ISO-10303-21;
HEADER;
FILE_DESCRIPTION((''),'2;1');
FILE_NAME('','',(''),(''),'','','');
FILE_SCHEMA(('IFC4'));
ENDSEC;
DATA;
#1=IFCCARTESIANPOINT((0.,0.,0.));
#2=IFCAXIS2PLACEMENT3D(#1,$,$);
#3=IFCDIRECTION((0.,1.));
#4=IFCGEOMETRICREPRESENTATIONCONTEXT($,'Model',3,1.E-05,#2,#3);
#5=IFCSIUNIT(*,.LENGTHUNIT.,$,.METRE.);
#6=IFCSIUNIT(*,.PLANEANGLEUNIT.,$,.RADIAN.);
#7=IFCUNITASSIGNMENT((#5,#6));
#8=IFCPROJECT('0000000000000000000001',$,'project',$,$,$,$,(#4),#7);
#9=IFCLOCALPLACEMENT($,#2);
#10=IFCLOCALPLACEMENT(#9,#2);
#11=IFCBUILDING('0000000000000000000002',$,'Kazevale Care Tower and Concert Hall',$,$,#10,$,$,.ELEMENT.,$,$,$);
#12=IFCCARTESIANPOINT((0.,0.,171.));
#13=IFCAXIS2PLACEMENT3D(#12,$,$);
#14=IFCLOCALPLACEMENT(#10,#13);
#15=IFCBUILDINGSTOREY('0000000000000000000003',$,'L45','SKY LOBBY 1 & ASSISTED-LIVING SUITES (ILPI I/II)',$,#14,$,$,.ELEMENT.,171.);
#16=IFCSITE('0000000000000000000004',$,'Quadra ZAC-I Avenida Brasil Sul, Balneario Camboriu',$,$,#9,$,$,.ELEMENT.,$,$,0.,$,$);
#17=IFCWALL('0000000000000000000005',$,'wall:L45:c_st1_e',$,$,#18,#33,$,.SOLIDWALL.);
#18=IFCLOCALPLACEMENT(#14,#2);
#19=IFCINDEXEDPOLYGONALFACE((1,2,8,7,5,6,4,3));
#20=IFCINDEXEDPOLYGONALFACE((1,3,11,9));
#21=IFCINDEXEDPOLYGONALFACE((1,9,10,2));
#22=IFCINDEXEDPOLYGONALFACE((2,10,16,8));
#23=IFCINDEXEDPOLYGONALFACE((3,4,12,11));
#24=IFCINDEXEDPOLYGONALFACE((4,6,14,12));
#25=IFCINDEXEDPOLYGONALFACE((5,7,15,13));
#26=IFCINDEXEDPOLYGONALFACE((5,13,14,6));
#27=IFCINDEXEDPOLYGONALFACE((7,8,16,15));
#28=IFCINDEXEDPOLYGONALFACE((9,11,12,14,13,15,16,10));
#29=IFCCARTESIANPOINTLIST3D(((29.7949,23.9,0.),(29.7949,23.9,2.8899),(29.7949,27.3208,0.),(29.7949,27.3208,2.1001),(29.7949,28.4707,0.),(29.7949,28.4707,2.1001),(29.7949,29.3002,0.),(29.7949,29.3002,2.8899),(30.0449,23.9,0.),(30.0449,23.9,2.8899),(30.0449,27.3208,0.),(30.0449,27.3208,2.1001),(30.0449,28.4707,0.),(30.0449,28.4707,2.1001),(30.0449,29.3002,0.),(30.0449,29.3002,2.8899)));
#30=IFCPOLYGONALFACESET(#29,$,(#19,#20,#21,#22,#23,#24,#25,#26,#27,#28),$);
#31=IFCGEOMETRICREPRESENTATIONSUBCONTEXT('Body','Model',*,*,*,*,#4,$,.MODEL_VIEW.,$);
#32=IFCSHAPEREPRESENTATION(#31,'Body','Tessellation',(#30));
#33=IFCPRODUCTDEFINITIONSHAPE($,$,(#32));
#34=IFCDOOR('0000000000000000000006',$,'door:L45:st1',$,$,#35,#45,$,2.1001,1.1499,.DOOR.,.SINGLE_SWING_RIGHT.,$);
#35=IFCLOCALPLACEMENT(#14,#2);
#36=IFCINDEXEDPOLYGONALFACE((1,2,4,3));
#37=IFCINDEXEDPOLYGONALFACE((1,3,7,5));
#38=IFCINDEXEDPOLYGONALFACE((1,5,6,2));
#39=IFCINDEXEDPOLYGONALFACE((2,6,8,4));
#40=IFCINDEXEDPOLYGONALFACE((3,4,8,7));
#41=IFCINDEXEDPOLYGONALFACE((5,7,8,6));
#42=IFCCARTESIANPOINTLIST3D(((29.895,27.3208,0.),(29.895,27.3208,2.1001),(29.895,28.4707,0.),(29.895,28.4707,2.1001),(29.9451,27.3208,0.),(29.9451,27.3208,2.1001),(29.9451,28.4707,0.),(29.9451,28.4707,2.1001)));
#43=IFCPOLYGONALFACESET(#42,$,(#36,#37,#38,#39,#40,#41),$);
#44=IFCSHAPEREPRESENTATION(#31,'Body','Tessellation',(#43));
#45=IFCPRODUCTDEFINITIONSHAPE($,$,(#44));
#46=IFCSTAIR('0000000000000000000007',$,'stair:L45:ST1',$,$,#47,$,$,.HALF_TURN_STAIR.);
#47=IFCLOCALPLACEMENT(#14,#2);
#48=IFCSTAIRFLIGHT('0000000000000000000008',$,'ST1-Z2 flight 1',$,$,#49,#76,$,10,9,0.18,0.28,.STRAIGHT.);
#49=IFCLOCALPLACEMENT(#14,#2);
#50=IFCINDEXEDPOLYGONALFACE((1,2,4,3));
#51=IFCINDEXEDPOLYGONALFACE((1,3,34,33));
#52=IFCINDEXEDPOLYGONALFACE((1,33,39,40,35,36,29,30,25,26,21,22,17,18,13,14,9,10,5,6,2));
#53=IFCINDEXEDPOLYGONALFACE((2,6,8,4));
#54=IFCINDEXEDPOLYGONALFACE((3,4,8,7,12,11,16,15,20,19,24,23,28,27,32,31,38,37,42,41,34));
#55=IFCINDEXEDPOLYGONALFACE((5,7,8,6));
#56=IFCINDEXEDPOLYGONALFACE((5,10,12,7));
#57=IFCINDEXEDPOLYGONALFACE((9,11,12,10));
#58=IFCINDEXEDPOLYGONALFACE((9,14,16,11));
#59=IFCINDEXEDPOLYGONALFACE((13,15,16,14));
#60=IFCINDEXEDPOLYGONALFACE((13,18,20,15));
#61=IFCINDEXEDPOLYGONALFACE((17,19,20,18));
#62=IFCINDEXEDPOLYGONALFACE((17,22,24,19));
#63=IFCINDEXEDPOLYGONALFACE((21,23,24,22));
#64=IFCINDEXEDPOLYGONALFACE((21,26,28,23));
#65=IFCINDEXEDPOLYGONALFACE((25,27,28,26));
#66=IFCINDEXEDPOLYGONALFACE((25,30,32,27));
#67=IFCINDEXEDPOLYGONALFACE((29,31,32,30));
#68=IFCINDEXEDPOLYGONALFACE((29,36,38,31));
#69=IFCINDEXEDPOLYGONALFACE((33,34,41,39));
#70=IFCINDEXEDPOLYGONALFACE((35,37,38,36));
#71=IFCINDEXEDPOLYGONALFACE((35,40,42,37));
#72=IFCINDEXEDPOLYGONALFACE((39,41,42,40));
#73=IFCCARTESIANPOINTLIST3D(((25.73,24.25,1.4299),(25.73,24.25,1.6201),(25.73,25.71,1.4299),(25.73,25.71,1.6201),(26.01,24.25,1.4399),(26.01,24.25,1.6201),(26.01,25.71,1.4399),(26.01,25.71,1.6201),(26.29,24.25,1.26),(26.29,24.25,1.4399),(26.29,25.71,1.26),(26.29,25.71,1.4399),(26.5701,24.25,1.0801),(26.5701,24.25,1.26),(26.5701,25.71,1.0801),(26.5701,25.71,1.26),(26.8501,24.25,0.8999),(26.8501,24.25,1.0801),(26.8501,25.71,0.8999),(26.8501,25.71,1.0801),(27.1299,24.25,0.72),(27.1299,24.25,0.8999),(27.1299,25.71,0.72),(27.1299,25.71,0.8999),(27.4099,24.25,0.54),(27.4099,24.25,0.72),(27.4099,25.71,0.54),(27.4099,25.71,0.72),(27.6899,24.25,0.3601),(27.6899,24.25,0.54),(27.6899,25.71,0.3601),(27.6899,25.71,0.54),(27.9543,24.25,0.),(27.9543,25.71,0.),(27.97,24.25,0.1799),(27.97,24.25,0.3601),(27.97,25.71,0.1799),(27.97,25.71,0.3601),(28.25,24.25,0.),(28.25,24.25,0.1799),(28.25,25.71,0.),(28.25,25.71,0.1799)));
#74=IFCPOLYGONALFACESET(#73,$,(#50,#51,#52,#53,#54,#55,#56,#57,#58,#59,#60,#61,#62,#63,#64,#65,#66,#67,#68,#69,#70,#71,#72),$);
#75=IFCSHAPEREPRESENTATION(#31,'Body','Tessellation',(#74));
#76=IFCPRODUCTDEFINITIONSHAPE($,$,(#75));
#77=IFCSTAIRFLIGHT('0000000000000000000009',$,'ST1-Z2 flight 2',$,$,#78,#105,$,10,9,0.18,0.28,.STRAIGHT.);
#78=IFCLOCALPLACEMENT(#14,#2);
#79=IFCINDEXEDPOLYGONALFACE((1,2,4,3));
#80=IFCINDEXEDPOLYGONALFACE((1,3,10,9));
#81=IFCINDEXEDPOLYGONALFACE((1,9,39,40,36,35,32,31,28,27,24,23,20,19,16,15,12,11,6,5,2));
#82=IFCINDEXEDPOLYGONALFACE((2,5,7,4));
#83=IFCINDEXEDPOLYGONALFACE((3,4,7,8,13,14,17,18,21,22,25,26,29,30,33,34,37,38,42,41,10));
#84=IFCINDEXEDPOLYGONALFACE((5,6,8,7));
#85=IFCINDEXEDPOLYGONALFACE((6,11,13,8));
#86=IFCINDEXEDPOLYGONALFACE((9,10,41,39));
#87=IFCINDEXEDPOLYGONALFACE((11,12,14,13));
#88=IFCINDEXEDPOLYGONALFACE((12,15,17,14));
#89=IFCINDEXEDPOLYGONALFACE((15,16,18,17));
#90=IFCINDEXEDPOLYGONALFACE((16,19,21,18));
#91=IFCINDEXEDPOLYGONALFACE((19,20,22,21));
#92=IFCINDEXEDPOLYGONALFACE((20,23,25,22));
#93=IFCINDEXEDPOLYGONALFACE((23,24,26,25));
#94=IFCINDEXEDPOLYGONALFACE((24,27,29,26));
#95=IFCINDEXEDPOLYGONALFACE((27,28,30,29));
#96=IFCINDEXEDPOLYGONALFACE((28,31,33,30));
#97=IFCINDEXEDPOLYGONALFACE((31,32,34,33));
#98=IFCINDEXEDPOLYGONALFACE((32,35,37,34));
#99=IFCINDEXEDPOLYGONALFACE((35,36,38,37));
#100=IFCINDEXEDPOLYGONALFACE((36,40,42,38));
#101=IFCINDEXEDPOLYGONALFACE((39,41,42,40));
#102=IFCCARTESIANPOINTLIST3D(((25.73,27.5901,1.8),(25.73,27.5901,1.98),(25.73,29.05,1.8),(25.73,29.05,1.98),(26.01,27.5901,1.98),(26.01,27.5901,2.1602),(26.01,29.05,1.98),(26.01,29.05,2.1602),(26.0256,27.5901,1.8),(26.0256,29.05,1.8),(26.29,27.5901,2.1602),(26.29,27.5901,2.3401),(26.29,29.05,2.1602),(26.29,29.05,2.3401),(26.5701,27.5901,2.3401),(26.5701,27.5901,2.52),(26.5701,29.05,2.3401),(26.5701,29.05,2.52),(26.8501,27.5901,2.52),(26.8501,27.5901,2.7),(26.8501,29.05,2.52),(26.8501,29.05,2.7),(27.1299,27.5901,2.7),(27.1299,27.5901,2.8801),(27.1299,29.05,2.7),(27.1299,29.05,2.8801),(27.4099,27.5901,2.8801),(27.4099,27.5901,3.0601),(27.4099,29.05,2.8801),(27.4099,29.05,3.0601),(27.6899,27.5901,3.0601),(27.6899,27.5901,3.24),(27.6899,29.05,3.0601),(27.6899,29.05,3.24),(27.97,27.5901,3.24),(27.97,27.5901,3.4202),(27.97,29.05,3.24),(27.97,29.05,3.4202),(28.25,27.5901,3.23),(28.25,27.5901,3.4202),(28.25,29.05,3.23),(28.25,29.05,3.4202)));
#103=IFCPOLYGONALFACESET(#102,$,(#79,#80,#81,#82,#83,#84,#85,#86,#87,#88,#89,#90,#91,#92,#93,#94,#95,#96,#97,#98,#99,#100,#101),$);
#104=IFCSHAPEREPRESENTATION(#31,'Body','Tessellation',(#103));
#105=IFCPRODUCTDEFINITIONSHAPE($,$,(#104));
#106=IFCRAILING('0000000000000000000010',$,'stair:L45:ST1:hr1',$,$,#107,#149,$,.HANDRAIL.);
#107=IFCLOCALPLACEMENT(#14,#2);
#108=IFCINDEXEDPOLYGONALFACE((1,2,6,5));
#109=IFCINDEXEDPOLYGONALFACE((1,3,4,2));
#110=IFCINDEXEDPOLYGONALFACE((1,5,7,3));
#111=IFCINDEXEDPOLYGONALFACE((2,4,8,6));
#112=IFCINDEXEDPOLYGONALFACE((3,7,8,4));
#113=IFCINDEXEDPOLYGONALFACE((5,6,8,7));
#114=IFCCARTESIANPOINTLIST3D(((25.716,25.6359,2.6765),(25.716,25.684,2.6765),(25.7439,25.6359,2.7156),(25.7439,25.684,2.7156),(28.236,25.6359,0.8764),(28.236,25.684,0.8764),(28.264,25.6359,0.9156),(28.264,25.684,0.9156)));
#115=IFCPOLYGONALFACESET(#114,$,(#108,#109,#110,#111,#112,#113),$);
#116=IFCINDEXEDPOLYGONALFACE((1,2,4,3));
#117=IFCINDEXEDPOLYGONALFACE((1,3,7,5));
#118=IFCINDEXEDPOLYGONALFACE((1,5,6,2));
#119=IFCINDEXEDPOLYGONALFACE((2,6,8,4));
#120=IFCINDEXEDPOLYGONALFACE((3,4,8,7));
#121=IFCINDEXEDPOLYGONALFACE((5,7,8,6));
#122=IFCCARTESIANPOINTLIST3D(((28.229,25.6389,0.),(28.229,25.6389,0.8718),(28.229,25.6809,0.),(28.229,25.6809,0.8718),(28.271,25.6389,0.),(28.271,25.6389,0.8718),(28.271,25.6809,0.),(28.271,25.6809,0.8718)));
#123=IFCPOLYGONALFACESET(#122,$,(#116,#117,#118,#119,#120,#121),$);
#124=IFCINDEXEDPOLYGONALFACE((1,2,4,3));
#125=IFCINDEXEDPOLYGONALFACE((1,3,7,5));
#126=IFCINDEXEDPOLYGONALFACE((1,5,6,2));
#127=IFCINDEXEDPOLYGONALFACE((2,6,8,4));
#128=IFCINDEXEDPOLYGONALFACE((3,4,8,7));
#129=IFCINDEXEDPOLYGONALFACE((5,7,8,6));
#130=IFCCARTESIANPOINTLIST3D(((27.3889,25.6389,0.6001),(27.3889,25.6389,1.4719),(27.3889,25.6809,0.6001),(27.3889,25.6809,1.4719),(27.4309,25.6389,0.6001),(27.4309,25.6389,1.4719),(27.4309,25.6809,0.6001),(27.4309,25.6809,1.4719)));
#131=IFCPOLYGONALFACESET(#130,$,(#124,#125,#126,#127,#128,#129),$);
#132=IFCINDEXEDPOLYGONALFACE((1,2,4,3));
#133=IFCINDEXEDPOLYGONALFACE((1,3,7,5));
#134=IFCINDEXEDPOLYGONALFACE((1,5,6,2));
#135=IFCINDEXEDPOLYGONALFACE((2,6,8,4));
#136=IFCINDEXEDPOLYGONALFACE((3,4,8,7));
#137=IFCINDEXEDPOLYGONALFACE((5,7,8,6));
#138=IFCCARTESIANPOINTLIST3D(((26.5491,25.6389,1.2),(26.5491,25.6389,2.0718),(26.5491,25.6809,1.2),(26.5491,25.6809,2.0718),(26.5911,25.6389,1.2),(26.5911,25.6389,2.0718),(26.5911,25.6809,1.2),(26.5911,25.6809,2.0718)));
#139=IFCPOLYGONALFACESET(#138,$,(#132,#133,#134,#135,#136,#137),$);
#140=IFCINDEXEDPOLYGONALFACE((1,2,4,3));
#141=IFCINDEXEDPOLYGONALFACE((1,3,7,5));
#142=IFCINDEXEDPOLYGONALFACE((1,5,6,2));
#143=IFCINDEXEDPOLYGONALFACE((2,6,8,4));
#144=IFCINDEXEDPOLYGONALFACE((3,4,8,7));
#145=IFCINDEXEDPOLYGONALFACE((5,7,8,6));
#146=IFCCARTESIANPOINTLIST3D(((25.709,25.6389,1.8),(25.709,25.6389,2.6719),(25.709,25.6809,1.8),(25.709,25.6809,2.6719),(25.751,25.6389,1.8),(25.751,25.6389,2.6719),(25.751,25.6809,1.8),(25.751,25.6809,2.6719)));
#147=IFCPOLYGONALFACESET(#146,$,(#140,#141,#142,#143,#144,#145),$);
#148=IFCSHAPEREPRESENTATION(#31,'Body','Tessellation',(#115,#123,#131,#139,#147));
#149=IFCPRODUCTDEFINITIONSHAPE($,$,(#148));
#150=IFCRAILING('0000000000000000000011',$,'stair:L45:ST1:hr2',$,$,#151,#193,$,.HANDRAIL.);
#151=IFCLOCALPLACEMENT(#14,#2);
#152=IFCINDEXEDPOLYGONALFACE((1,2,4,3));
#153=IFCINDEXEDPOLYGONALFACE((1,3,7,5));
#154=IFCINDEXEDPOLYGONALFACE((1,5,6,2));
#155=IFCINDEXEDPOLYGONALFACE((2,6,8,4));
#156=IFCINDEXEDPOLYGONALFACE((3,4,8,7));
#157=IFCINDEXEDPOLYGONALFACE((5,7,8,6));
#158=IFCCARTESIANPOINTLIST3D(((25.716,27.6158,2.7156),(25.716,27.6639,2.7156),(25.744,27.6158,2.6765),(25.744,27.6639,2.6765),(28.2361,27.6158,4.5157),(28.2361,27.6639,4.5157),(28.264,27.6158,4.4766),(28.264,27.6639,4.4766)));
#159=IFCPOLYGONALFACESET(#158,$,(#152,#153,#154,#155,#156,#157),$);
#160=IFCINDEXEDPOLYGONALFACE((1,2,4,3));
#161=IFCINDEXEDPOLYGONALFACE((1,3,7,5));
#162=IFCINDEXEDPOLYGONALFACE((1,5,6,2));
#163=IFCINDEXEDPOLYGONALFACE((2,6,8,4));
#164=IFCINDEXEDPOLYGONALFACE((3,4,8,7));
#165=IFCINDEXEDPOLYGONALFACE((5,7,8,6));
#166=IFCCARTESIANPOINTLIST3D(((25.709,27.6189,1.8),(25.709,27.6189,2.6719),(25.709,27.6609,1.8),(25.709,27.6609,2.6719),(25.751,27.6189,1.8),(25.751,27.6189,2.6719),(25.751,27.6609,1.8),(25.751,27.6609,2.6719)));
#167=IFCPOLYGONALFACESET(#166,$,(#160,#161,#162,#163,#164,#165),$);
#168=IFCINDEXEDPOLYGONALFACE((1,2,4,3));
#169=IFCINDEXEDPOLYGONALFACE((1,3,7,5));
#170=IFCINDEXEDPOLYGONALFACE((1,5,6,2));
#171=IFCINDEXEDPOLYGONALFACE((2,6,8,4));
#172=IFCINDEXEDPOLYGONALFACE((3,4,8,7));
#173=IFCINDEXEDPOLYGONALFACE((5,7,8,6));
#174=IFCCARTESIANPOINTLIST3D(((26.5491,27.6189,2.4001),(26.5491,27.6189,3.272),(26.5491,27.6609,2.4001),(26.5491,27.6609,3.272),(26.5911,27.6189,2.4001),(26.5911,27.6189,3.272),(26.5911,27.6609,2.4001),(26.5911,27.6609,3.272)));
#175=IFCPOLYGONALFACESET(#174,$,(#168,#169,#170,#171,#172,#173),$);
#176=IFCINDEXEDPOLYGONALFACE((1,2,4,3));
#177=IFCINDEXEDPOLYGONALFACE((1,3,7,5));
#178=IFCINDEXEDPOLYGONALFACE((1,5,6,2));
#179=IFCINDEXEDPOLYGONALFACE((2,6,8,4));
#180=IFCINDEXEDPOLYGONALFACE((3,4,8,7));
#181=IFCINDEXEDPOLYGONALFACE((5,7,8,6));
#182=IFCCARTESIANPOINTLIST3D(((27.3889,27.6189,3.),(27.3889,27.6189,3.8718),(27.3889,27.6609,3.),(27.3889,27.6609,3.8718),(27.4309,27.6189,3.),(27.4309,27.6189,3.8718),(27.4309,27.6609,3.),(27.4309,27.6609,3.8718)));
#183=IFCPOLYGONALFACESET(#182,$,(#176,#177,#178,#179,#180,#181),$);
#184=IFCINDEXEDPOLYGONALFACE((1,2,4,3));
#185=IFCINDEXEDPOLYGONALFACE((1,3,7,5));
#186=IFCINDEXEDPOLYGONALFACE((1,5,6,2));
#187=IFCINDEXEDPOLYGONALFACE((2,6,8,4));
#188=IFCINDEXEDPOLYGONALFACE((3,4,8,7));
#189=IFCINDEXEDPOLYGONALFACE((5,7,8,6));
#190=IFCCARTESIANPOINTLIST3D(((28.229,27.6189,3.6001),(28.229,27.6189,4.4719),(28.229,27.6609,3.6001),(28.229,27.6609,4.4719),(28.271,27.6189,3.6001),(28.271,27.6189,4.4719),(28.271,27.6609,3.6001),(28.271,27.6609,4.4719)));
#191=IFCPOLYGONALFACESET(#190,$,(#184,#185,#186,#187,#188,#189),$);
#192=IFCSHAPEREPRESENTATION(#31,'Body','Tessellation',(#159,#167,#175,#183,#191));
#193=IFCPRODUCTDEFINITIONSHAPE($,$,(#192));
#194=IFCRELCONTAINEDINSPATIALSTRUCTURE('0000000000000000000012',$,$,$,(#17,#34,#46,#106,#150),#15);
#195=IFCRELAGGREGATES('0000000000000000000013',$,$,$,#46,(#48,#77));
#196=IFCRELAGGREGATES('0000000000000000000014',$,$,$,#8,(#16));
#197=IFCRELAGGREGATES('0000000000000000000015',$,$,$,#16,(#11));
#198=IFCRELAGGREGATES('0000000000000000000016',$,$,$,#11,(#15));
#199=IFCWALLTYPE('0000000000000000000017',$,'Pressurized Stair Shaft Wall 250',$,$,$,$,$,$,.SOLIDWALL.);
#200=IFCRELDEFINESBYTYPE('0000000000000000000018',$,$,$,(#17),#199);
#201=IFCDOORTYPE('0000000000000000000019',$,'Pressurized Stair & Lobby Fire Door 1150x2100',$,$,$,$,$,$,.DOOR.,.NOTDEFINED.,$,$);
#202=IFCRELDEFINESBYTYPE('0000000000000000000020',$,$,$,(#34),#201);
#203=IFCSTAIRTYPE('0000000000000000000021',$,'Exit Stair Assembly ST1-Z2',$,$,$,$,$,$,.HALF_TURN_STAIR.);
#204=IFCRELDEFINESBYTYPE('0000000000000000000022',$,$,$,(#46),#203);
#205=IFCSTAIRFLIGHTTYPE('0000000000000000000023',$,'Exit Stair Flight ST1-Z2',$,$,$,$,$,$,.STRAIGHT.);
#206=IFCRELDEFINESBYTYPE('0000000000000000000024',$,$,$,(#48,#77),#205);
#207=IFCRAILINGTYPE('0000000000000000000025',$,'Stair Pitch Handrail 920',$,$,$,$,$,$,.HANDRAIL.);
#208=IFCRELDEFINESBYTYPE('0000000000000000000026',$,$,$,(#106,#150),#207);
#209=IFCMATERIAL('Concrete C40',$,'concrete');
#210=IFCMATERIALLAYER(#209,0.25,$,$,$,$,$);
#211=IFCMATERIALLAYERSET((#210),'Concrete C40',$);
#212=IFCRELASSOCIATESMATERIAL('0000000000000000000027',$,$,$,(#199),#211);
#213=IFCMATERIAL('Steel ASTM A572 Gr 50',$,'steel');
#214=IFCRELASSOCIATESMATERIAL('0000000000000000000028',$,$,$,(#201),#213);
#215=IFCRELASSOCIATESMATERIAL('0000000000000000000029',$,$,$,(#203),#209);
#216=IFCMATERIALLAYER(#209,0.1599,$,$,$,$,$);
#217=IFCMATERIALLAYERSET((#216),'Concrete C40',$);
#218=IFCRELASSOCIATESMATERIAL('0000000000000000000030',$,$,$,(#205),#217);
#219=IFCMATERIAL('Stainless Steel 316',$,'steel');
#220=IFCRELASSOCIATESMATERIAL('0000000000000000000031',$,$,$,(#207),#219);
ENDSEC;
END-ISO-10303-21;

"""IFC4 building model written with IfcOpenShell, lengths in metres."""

from ifc_helpers import new_model, si_unit, direction, frame, frame_2d, origin, origin_2d, place, context, subcontext, project, spatial, polyline, rectangle, outline, extrude, material, layer, layer_set, type_object, element, fill, aggregate, save


model = new_model("IFC4")

# Units and contexts
model_context = context("Model", 3, precision=1e-05, world=origin(), true_north=direction((0.0, 1.0)))
body_context = subcontext(model_context, "Body", "Model", "MODEL_VIEW")
ifc_project = project(units=[si_unit("LENGTHUNIT", "METRE"), si_unit("PLANEANGLEUNIT", "RADIAN")], contexts=[model_context])

# Site, building, storey
site_placement = place(None, origin())
site = spatial("IfcSite", under=ifc_project, at=site_placement, Name="Quadra ZAC-I Avenida Brasil Sul, Balneario Camboriu", CompositionType="ELEMENT", RefElevation=0.0)
building_placement = place(site_placement, origin())
building = spatial("IfcBuilding", under=site, at=building_placement, Name="Kazevale Care Tower and Concert Hall", CompositionType="ELEMENT")
storey_placement = place(building_placement, frame((0.0, 0.0, 171.0)))
storey = spatial("IfcBuildingStorey", under=building, at=storey_placement, Name="L45", Description="SKY LOBBY 1 & ASSISTED-LIVING SUITES (ILPI I/II)", CompositionType="ELEMENT", Elevation=171.0)

# Shared definitions
ifc_material_1 = material(Name="Steel ASTM A572 Gr 50", Category="steel")

# Shared definitions
ifc_material_2 = material(Name="Concrete C40", Category="concrete")
ifc_material_3 = material(Name="Stainless Steel 316", Category="steel")

# Wall, opening, door
ifc_layer_1 = layer(ifc_material_2, 0.25)
ifc_layer_set_1 = layer_set([ifc_layer_1], Name="Concrete C40")
wall_type_1 = type_object("IfcWallType", Name="Pressurized Stair Shaft Wall 250", PredefinedType="SOLIDWALL", material=ifc_layer_set_1)
wall_1_placement = place(storey_placement, frame((29.9199, 23.8999, 0.0), z_axis=(0.0, 0.0, 1.0), x_axis=(0.0, 1.0, 0.0)))
wall_1 = element("IfcWall", 1, at=wall_1_placement, inside=storey, type_object=wall_type_1, Name="wall:L45:c_st1_e", PredefinedType="SOLIDWALL", context=body_context, shape_type="SweptSolid", body=[
    extrude(rectangle(XDim=5.4001, YDim=0.25, at=frame_2d((2.7002, 0.0))), origin(), (0.0, 0.0, 1.0), 2.8899),
])
opening_1_placement = place(wall_1_placement, frame((3.4209, 0.0, 0.0)))
opening_1 = element("IfcOpeningElement", 2, at=opening_1_placement, cuts=wall_1, PredefinedType="OPENING", context=body_context, shape_type="SweptSolid", body=[
    extrude(rectangle(XDim=1.1499, YDim=2.1001, at=frame_2d((0.575, 1.05))), frame((0.0, 0.135, 0.0), z_axis=(0.0, -1.0, 0.0), x_axis=(1.0, 0.0, 0.0)), (0.0, 0.0, 1.0), 0.27),
])
door_type_1 = type_object("IfcDoorType", Name="Pressurized Stair & Lobby Fire Door 1150x2100", OperationType="NOTDEFINED", PredefinedType="DOOR", material=ifc_material_1)
door_1_placement = place(opening_1_placement, origin())
door_1 = element("IfcDoor", 3, at=door_1_placement, inside=storey, type_object=door_type_1, Name="door:L45:st1", OperationType="SINGLE_SWING_RIGHT", OverallHeight=2.1001, OverallWidth=1.1499, PredefinedType="DOOR", context=body_context, shape_type="SweptSolid", body=[
    extrude(rectangle(XDim=1.1499, YDim=2.1001, at=frame_2d((0.575, 1.05))), frame((0.0, 0.0249, 0.0), z_axis=(0.0, -1.0, 0.0), x_axis=(1.0, 0.0, 0.0)), (0.0, 0.0, 1.0), 0.05),
])
fill(opening_1, door_1)

# Stair, stair flights
stair_type = type_object("IfcStairType", Name="Exit Stair Assembly ST1-Z2", PredefinedType="HALF_TURN_STAIR", material=ifc_material_2)
stair_placement = place(storey_placement, origin())
stair = element("IfcStair", 4, at=stair_placement, inside=storey, type_object=stair_type, Name="stair:L45:ST1", PredefinedType="HALF_TURN_STAIR")
ifc_layer_2 = layer(ifc_material_2, 0.1599)
ifc_layer_set_2 = layer_set([ifc_layer_2], Name="Concrete C40")
stair_flight_type = type_object("IfcStairFlightType", Name="Exit Stair Flight ST1-Z2", PredefinedType="STRAIGHT", material=ifc_layer_set_2)
stair_flight_1_placement = place(storey_placement, frame((28.25, 24.98, 0.0), z_axis=(0.0, 0.0, 1.0), x_axis=(-1.0, 0.0, 0.0)))
stair_flight_1 = element("IfcStairFlight", 5, at=stair_flight_1_placement, type_object=stair_flight_type, Name="ST1-Z2 flight 1", NumberOfRisers=10, NumberOfTreads=9, PredefinedType="STRAIGHT", RiserHeight=0.18, TreadLength=0.28, context=body_context, shape_type="SweptSolid", body=[
    extrude(outline(polyline([(0.0, 0.0), (0.0, 0.1799), (0.28, 0.1799), (0.28, 0.3601), (0.5601, 0.3601), (0.5601, 0.54), (0.8401, 0.54), (0.8401, 0.72), (1.1201, 0.72), (1.1201, 0.8999), (1.3999, 0.8999), (1.3999, 1.0801), (1.6799, 1.0801), (1.6799, 1.26), (1.96, 1.26), (1.96, 1.4399), (2.24, 1.4399), (2.24, 1.6201), (2.52, 1.6201), (2.52, 1.8), (2.52, 1.4299), (0.2957, 0.0), (0.0, 0.0)])), frame((0.0, 0.73, 0.0), z_axis=(0.0, -1.0, 0.0), x_axis=(1.0, 0.0, 0.0)), (0.0, 0.0, 1.0), 1.46),
])
stair_flight_2_placement = place(storey_placement, frame((25.73, 28.3201, 1.8), z_axis=(0.0, 0.0, 1.0), x_axis=(1.0, 0.0, 0.0)))
stair_flight_2 = element("IfcStairFlight", 6, at=stair_flight_2_placement, type_object=stair_flight_type, Name="ST1-Z2 flight 2", NumberOfRisers=10, NumberOfTreads=9, PredefinedType="STRAIGHT", RiserHeight=0.18, TreadLength=0.28, context=body_context, shape_type="SweptSolid", body=[
    extrude(outline(polyline([(0.0, 0.0), (0.0, 0.1799), (0.28, 0.1799), (0.28, 0.3601), (0.5601, 0.3601), (0.5601, 0.54), (0.8401, 0.54), (0.8401, 0.72), (1.1201, 0.72), (1.1201, 0.8999), (1.3999, 0.8999), (1.3999, 1.0801), (1.6799, 1.0801), (1.6799, 1.26), (1.96, 1.26), (1.96, 1.4399), (2.24, 1.4399), (2.24, 1.6201), (2.52, 1.6201), (2.52, 1.8), (2.52, 1.4299), (0.2957, 0.0), (0.0, 0.0)])), frame((0.0, 0.73, 0.0), z_axis=(0.0, -1.0, 0.0), x_axis=(1.0, 0.0, 0.0)), (0.0, 0.0, 1.0), 1.46),
])
aggregate(stair, [stair_flight_1, stair_flight_2])

# Railings
railing_type_1 = type_object("IfcRailingType", Name="Stair Pitch Handrail 920", PredefinedType="HANDRAIL", material=ifc_material_3)
railing_1_placement = place(storey_placement, frame((28.25, 25.6599, 0.0)))
element("IfcRailing", 7, at=railing_1_placement, inside=storey, type_object=railing_type_1, Name="stair:L45:ST1:hr1", PredefinedType="HANDRAIL", context=body_context, shape_type="SweptSolid", body=[
    extrude(rectangle(XDim=0.0481, YDim=0.0481, at=origin_2d()), frame((0.0, 0.0, 0.896), z_axis=(-0.813728, 0.0, 0.581246), x_axis=(0.0, -1.0, 0.0)), (0.0, 0.0, 1.0), 3.0969),
    extrude(rectangle(XDim=0.042, YDim=0.042, at=origin_2d()), origin(), (0.0, 0.0, 1.0), 0.8718),
    extrude(rectangle(XDim=0.042, YDim=0.042, at=origin_2d()), frame((-0.8401, 0.0, 0.6001)), (0.0, 0.0, 1.0), 0.8718),
    extrude(rectangle(XDim=0.042, YDim=0.042, at=origin_2d()), frame((-1.6799, 0.0, 1.2)), (0.0, 0.0, 1.0), 0.8718),
    extrude(rectangle(XDim=0.042, YDim=0.042, at=origin_2d()), frame((-2.52, 0.0, 1.8)), (0.0, 0.0, 1.0), 0.8718),
])
railing_2_placement = place(storey_placement, frame((25.73, 27.6399, 1.8)))
element("IfcRailing", 8, at=railing_2_placement, inside=storey, type_object=railing_type_1, Name="stair:L45:ST1:hr2", PredefinedType="HANDRAIL", context=body_context, shape_type="SweptSolid", body=[
    extrude(rectangle(XDim=0.0481, YDim=0.0481, at=origin_2d()), frame((0.0, 0.0, 0.896), z_axis=(0.813728, 0.0, 0.581246), x_axis=(0.0, 1.0, 0.0)), (0.0, 0.0, 1.0), 3.0969),
    extrude(rectangle(XDim=0.042, YDim=0.042, at=origin_2d()), origin(), (0.0, 0.0, 1.0), 0.8718),
    extrude(rectangle(XDim=0.042, YDim=0.042, at=origin_2d()), frame((0.8401, 0.0, 0.6001)), (0.0, 0.0, 1.0), 0.8718),
    extrude(rectangle(XDim=0.042, YDim=0.042, at=origin_2d()), frame((1.6799, 0.0, 1.2)), (0.0, 0.0, 1.0), 0.8718),
    extrude(rectangle(XDim=0.042, YDim=0.042, at=origin_2d()), frame((2.52, 0.0, 1.8)), (0.0, 0.0, 1.0), 0.8718),
])

save(model, "model.ifc")
